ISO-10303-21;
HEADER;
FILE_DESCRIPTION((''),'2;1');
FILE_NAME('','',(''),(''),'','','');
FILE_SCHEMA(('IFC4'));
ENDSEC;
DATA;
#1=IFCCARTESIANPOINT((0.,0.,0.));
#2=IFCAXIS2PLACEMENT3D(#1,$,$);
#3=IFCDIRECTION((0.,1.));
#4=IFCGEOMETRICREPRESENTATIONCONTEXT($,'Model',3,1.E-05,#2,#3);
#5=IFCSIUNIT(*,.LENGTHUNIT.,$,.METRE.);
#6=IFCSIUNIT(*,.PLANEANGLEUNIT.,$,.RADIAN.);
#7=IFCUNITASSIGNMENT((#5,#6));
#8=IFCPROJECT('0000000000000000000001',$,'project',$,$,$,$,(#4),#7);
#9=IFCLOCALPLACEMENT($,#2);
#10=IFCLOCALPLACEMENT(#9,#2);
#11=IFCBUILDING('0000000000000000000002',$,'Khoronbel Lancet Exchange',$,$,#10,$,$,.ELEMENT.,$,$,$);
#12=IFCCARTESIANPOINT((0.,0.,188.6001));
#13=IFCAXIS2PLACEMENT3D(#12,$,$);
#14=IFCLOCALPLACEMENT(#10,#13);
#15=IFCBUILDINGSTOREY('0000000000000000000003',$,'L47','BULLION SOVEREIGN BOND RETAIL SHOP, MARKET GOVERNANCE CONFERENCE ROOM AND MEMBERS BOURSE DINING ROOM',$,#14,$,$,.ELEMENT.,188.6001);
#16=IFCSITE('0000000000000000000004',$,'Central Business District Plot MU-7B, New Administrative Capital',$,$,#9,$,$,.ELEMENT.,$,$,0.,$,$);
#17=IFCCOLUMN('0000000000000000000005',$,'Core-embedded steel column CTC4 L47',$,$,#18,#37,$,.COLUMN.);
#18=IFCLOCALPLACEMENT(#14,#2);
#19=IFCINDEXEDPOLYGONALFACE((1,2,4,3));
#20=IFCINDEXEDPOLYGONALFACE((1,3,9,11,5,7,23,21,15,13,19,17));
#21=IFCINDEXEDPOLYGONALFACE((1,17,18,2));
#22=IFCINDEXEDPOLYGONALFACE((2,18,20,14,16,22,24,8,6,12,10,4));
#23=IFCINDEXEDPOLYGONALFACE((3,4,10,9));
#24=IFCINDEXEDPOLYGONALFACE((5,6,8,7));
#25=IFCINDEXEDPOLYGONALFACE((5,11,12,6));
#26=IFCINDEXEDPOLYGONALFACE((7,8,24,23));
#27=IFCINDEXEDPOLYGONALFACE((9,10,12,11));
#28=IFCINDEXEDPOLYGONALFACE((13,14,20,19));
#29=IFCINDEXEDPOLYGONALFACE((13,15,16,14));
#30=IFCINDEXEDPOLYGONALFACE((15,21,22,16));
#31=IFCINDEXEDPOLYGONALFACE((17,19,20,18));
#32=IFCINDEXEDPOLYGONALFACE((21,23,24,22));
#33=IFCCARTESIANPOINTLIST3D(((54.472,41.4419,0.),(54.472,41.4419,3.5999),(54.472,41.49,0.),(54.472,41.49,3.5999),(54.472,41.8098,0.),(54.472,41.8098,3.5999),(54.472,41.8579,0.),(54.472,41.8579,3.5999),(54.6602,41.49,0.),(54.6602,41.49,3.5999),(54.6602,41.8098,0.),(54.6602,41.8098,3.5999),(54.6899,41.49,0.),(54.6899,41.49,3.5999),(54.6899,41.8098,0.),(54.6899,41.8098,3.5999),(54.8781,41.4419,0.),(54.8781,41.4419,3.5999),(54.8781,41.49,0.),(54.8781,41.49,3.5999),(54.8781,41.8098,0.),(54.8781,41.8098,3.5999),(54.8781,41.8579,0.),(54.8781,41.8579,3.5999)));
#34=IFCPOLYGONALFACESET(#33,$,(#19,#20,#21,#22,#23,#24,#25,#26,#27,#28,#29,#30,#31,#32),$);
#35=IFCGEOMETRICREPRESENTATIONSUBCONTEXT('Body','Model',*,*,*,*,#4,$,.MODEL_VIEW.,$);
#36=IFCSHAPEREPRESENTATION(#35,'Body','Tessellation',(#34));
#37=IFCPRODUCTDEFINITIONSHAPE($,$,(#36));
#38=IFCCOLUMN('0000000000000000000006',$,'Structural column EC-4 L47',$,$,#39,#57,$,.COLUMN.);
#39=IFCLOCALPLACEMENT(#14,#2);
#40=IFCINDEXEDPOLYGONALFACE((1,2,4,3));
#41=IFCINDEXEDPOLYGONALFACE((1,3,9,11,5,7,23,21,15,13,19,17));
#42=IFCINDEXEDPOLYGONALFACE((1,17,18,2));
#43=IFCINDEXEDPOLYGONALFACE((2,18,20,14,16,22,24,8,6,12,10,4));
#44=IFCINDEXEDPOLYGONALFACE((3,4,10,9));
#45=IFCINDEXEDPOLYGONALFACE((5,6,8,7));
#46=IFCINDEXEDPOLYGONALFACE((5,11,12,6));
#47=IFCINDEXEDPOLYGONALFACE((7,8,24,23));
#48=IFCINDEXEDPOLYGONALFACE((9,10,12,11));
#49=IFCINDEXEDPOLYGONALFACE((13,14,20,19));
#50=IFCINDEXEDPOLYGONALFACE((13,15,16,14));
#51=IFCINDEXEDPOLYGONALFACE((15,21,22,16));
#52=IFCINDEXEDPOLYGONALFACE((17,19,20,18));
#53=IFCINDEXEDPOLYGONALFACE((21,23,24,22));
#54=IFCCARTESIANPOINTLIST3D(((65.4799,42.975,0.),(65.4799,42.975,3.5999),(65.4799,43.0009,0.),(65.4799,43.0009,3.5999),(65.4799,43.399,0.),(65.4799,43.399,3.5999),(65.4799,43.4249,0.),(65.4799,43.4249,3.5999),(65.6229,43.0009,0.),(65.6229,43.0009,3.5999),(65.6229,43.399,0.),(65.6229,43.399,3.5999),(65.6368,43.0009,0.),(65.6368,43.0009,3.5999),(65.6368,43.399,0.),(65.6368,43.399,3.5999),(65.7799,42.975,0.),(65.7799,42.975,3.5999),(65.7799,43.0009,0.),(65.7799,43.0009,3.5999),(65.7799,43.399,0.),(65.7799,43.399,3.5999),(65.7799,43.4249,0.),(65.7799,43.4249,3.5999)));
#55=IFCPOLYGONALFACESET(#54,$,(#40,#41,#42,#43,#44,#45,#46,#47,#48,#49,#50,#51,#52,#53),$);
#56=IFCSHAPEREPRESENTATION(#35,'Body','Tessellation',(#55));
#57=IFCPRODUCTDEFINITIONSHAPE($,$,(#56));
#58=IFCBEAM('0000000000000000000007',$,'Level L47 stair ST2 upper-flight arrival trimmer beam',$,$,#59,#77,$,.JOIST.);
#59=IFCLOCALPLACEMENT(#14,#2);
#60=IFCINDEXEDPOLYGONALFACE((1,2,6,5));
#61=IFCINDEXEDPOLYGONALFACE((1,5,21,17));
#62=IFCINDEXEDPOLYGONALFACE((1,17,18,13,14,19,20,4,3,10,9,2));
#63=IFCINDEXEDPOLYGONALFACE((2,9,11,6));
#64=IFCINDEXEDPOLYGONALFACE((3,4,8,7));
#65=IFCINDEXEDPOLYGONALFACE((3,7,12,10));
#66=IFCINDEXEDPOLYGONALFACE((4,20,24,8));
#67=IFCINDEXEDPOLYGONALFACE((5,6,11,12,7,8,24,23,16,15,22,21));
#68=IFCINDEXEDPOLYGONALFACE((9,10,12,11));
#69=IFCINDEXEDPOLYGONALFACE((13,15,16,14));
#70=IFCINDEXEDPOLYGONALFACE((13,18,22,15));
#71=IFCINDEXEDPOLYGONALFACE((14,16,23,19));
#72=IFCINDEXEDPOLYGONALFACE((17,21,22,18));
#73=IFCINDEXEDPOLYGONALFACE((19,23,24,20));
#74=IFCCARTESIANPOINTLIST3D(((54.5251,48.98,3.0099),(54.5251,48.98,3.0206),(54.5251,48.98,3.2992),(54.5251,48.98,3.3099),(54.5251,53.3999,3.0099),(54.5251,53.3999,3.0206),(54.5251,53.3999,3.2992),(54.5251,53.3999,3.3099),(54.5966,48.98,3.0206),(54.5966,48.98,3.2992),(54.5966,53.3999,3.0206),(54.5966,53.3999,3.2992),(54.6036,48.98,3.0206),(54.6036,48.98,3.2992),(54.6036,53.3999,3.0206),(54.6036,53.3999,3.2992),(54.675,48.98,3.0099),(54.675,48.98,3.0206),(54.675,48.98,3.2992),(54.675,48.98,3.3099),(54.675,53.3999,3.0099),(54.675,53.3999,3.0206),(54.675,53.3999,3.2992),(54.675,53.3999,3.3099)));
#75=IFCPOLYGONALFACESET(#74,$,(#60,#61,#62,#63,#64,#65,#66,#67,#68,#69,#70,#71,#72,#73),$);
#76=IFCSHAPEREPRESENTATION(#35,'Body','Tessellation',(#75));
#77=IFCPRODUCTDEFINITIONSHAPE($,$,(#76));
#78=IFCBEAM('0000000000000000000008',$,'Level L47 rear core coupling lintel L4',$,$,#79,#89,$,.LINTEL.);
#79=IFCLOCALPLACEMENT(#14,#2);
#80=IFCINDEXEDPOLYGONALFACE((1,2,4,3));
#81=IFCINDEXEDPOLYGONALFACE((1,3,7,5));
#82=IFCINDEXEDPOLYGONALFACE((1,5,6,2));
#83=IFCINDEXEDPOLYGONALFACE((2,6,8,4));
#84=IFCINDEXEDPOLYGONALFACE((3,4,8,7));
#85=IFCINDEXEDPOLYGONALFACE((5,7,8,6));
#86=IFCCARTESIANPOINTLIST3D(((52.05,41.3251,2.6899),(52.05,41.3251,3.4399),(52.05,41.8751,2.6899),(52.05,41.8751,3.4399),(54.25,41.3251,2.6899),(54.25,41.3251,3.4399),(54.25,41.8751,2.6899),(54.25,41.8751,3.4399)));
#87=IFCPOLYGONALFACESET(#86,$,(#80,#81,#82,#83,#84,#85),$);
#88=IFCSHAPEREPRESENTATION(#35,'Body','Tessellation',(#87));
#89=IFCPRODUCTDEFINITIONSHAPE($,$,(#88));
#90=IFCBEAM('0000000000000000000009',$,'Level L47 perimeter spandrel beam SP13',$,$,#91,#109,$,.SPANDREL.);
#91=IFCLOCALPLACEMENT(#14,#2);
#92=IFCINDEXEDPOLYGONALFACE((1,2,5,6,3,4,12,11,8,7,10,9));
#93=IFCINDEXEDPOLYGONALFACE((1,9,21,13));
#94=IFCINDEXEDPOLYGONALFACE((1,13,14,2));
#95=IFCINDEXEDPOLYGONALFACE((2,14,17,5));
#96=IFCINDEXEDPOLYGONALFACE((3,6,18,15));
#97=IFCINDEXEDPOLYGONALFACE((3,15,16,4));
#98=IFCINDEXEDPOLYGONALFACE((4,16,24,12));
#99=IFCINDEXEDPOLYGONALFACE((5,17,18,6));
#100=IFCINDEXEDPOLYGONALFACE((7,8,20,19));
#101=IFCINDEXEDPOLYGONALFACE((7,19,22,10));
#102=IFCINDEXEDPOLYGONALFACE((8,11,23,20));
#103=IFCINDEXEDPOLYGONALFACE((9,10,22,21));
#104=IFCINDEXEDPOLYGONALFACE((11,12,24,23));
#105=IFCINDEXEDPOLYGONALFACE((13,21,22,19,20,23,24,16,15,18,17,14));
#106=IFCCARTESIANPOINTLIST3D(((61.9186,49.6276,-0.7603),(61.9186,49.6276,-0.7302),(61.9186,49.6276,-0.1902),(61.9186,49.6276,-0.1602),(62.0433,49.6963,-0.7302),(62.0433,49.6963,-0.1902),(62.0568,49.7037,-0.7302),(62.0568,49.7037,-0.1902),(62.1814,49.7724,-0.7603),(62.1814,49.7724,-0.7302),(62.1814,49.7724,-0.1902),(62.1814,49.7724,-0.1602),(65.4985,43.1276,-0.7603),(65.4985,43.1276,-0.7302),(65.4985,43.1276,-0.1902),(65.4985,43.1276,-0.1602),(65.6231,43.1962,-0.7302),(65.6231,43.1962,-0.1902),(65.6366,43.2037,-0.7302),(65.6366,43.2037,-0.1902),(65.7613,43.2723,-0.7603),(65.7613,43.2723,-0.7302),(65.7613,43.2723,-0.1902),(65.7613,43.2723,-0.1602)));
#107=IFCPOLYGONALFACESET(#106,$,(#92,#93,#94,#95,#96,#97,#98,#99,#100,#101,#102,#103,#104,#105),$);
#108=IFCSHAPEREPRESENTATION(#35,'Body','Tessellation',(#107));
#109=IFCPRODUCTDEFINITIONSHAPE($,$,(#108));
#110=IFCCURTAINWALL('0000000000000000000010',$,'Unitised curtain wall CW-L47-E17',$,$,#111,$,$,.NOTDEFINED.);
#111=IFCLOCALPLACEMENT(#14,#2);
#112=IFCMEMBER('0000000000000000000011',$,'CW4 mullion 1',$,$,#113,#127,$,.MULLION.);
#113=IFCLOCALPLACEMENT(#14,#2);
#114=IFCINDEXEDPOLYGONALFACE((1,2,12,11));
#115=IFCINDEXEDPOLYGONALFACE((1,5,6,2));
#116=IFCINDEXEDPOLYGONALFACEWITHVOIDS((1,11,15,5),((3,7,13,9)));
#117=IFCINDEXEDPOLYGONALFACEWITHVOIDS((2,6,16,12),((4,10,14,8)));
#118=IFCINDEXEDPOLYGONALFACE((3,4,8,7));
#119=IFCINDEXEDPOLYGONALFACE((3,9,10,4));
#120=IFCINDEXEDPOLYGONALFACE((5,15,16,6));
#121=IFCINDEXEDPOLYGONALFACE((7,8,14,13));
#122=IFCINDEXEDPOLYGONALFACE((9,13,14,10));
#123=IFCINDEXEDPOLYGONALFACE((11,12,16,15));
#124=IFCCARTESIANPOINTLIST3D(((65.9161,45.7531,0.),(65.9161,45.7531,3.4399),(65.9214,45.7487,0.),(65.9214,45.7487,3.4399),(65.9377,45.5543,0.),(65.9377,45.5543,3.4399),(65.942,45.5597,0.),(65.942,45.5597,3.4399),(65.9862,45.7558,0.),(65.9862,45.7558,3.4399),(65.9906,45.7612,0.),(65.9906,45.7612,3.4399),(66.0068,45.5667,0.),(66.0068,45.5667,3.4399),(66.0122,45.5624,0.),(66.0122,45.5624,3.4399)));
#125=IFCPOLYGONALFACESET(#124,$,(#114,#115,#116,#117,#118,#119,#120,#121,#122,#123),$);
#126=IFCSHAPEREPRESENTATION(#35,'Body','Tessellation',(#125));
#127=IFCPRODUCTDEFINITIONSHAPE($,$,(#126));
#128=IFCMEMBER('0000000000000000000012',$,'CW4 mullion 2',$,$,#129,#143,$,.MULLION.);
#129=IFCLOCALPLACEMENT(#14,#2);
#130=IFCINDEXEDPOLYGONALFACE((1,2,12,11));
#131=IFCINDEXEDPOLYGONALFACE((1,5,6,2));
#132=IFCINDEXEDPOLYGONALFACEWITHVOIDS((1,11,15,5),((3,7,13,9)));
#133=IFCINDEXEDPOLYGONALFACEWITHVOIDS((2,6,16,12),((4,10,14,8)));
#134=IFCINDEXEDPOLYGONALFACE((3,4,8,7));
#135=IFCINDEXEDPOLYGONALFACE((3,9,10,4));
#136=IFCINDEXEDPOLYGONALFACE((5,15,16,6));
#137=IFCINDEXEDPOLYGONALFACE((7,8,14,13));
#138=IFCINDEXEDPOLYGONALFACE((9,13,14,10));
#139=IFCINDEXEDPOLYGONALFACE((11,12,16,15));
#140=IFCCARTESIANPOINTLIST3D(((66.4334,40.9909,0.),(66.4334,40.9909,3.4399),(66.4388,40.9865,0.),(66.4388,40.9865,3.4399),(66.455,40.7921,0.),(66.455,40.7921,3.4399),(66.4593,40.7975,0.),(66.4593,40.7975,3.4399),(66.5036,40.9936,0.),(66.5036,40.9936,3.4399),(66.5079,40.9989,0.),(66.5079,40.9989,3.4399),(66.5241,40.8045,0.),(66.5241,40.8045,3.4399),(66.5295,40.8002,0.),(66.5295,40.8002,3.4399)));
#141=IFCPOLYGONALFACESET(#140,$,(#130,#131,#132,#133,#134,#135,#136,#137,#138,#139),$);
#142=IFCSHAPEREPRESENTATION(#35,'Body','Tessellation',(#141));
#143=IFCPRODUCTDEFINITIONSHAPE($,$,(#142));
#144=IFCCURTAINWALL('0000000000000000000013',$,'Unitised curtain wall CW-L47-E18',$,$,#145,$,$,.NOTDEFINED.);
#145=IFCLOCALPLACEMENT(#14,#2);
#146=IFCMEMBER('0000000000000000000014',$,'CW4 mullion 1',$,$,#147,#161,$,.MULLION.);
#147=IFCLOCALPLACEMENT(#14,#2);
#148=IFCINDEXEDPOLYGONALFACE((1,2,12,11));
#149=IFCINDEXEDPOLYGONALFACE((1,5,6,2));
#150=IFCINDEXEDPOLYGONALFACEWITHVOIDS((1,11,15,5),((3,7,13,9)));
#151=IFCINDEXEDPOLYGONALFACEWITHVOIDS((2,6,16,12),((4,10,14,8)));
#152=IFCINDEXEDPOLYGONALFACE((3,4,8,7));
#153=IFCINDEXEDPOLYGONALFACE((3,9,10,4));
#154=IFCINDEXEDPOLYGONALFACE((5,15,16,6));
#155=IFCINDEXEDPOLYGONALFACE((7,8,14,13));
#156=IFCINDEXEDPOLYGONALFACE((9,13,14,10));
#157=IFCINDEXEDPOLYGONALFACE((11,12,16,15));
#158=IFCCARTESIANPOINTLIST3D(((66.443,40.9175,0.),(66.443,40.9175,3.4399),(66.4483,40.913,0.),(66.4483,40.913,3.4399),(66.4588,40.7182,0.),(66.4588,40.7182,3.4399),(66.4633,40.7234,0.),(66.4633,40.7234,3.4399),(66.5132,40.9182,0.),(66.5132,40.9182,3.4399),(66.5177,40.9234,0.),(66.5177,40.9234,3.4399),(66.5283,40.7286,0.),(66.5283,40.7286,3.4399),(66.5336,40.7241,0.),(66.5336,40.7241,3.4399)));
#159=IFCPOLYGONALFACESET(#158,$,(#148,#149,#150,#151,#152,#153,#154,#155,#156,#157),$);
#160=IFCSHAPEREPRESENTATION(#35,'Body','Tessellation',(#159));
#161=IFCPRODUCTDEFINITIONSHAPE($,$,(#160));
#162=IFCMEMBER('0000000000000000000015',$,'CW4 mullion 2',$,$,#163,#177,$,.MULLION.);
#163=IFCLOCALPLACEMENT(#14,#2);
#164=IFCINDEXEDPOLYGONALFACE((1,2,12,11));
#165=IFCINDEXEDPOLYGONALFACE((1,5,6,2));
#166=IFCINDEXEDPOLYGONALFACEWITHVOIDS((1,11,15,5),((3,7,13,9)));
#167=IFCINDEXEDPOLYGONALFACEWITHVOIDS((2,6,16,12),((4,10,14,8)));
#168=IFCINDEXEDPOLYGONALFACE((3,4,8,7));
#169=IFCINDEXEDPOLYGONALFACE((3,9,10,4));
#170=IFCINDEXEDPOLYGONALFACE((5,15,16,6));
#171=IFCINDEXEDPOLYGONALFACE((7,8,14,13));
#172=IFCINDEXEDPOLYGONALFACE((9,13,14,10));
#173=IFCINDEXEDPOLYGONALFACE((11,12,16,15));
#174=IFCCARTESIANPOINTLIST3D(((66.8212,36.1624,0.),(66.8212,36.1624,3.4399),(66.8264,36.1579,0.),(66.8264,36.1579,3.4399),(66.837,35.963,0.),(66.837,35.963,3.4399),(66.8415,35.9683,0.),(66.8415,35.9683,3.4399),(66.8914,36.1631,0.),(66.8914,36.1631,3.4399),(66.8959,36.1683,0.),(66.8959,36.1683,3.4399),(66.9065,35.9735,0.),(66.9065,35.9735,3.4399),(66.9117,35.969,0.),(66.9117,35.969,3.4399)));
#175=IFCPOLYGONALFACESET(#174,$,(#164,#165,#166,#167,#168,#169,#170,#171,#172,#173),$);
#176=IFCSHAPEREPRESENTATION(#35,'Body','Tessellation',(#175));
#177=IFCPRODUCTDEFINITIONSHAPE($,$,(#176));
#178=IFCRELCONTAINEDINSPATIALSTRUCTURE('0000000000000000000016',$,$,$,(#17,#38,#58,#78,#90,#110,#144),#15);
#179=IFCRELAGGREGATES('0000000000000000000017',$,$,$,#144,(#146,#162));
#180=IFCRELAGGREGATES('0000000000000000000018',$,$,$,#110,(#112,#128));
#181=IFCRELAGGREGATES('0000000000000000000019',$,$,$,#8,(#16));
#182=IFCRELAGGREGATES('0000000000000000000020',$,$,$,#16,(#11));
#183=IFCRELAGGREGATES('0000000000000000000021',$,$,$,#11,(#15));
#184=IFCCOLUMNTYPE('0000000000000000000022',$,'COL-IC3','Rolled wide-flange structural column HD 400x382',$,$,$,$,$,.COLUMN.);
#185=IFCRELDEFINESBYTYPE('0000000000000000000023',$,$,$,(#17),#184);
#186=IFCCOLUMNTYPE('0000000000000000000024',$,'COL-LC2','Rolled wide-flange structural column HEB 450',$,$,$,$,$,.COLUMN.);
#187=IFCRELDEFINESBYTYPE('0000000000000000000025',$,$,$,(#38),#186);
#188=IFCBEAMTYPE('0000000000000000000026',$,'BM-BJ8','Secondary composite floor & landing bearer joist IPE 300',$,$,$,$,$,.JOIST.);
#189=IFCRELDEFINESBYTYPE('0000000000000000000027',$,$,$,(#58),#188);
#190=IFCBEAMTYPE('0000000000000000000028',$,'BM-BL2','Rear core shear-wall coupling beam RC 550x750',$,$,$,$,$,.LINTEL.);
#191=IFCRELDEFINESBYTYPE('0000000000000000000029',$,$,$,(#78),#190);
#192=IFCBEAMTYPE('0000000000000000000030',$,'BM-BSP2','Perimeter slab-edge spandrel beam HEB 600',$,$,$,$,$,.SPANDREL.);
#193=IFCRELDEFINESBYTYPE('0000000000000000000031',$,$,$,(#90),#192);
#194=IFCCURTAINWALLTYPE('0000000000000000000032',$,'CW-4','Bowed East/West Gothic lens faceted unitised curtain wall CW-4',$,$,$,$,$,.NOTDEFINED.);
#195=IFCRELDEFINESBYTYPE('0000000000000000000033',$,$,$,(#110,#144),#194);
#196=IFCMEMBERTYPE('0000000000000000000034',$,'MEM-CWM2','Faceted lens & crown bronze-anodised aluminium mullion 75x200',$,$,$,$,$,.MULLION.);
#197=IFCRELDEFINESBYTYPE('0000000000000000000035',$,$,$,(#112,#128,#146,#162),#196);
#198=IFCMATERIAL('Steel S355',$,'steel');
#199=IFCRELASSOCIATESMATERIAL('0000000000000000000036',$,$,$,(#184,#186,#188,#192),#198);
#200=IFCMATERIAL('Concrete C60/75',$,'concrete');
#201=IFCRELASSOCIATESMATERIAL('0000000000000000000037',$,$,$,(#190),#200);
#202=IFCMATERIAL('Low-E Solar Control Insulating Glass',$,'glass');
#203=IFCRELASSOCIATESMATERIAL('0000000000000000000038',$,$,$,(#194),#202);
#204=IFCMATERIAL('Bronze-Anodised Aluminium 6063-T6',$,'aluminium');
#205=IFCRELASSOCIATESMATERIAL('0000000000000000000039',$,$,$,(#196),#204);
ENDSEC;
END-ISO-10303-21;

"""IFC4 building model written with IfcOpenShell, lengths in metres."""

from ifc_helpers import new_model, si_unit, direction, frame, origin, origin_2d, place, context, subcontext, project, spatial, rectangle, hollow_rectangle, i_section, extrude, material, material_profile, profile_set, type_object, element, aggregate, save


model = new_model("IFC4")

# Units and contexts
model_context = context("Model", 3, precision=1e-05, world=origin(), true_north=direction((0.0, 1.0)))
body_context = subcontext(model_context, "Body", "Model", "MODEL_VIEW")
ifc_project = project(units=[si_unit("LENGTHUNIT", "METRE"), si_unit("PLANEANGLEUNIT", "RADIAN")], contexts=[model_context])

# Site, building, storey
site_placement = place(None, origin())
site = spatial("IfcSite", under=ifc_project, at=site_placement, Name="Central Business District Plot MU-7B, New Administrative Capital", CompositionType="ELEMENT", RefElevation=0.0)
building_placement = place(site_placement, origin())
building = spatial("IfcBuilding", under=site, at=building_placement, Name="Khoronbel Lancet Exchange", CompositionType="ELEMENT")
storey_placement = place(building_placement, frame((0.0, 0.0, 188.6001)))
storey = spatial("IfcBuildingStorey", under=building, at=storey_placement, Name="L47", Description="BULLION SOVEREIGN BOND RETAIL SHOP, MARKET GOVERNANCE CONFERENCE ROOM AND MEMBERS BOURSE DINING ROOM", CompositionType="ELEMENT", Elevation=188.6001)

# Columns
ifc_material_1 = material(Name="Steel S355", Category="steel")
ifc_material_profile_1 = material_profile(ifc_material_1, i_section(OverallWidth=0.406, OverallDepth=0.416, WebThickness=0.0298, FlangeThickness=0.0481, at=origin_2d()), Name="HD 400x382")
ifc_profile_set_1 = profile_set([ifc_material_profile_1], Name="Steel S355")
column_type_1 = type_object("IfcColumnType", Name="COL-IC3", Description="Rolled wide-flange structural column HD 400x382", PredefinedType="COLUMN", material=ifc_profile_set_1)
column_1_placement = place(storey_placement, frame((54.675, 41.6499, 0.0), z_axis=(0.0, 0.0, 1.0), x_axis=(1.0, 0.0, 0.0)))
element("IfcColumn", 1, at=column_1_placement, inside=storey, type_object=column_type_1, Name="Core-embedded steel column CTC4 L47", PredefinedType="COLUMN", context=body_context, shape_type="SweptSolid", body=[
    extrude(i_section(OverallWidth=0.406, OverallDepth=0.416, WebThickness=0.0298, FlangeThickness=0.0481, at=origin_2d()), origin(), (0.0, 0.0, 1.0), 3.5999),
])
ifc_material_profile_2 = material_profile(ifc_material_1, i_section(OverallWidth=0.3, OverallDepth=0.45, WebThickness=0.0139, FlangeThickness=0.0259, at=origin_2d()), Name="HEB 450")
ifc_profile_set_2 = profile_set([ifc_material_profile_2], Name="Steel S355")
column_type_2 = type_object("IfcColumnType", Name="COL-LC2", Description="Rolled wide-flange structural column HEB 450", PredefinedType="COLUMN", material=ifc_profile_set_2)
column_2_placement = place(storey_placement, frame((65.6299, 43.2, 0.0), z_axis=(0.0, 0.0, 1.0), x_axis=(1.0, 0.0, 0.0)))
element("IfcColumn", 2, at=column_2_placement, inside=storey, type_object=column_type_2, Name="Structural column EC-4 L47", PredefinedType="COLUMN", context=body_context, shape_type="SweptSolid", body=[
    extrude(i_section(OverallWidth=0.3, OverallDepth=0.45, WebThickness=0.0139, FlangeThickness=0.0259, at=origin_2d()), origin(), (0.0, 0.0, 1.0), 3.5999),
])

# Beams
ifc_material_profile_3 = material_profile(ifc_material_1, i_section(OverallWidth=0.1499, OverallDepth=0.3, WebThickness=0.0071, FlangeThickness=0.0107, at=origin_2d()), Name="IPE 300")
ifc_profile_set_3 = profile_set([ifc_material_profile_3], Name="Steel S355")
beam_type_1 = type_object("IfcBeamType", Name="BM-BJ8", Description="Secondary composite floor & landing bearer joist IPE 300", PredefinedType="JOIST", material=ifc_profile_set_3)
beam_1_placement = place(storey_placement, frame((54.6001, 48.98, 3.1599), z_axis=(0.0, 1.0, 0.0), x_axis=(-1.0, 0.0, 0.0)))
element("IfcBeam", 3, at=beam_1_placement, inside=storey, type_object=beam_type_1, Name="Level L47 stair ST2 upper-flight arrival trimmer beam", PredefinedType="JOIST", context=body_context, shape_type="SweptSolid", body=[
    extrude(i_section(OverallWidth=0.1499, OverallDepth=0.3, WebThickness=0.0071, FlangeThickness=0.0107, at=origin_2d()), origin(), (0.0, 0.0, 1.0), 4.4199),
])
ifc_material_2 = material(Name="Concrete C60/75", Category="concrete")
ifc_material_profile_4 = material_profile(ifc_material_2, rectangle(XDim=0.55, YDim=0.75, at=origin_2d()), Name="RC 550x750")
ifc_profile_set_4 = profile_set([ifc_material_profile_4], Name="Concrete C60/75")
beam_type_2 = type_object("IfcBeamType", Name="BM-BL2", Description="Rear core shear-wall coupling beam RC 550x750", PredefinedType="LINTEL", material=ifc_profile_set_4)
beam_2_placement = place(storey_placement, frame((52.05, 41.6001, 3.0649), z_axis=(1.0, 0.0, 0.0), x_axis=(0.0, 1.0, 0.0)))
element("IfcBeam", 4, at=beam_2_placement, inside=storey, type_object=beam_type_2, Name="Level L47 rear core coupling lintel L4", PredefinedType="LINTEL", context=body_context, shape_type="SweptSolid", body=[
    extrude(rectangle(XDim=0.55, YDim=0.75, at=origin_2d()), origin(), (0.0, 0.0, 1.0), 2.2),
])
ifc_material_profile_5 = material_profile(ifc_material_1, i_section(OverallWidth=0.3, OverallDepth=0.6001, WebThickness=0.0154, FlangeThickness=0.03, at=origin_2d()), Name="HEB 600")
ifc_profile_set_5 = profile_set([ifc_material_profile_5], Name="Steel S355")
beam_type_3 = type_object("IfcBeamType", Name="BM-BSP2", Description="Perimeter slab-edge spandrel beam HEB 600", PredefinedType="SPANDREL", material=ifc_profile_set_5)
beam_3_placement = place(storey_placement, frame((65.6299, 43.2, -0.4602), z_axis=(-0.482419, 0.875941, 0.0), x_axis=(-0.875941, -0.482419, 0.0)))
element("IfcBeam", 5, at=beam_3_placement, inside=storey, type_object=beam_type_3, Name="Level L47 perimeter spandrel beam SP13", PredefinedType="SPANDREL", context=body_context, shape_type="SweptSolid", body=[
    extrude(i_section(OverallWidth=0.3, OverallDepth=0.6001, WebThickness=0.0154, FlangeThickness=0.03, at=origin_2d()), origin(), (0.0, 0.0, 1.0), 7.4207),
])

# Curtain walls, members
ifc_material_3 = material(Name="Low-E Solar Control Insulating Glass", Category="glass")
curtain_wall_type = type_object("IfcCurtainWallType", Name="CW-4", Description="Bowed East/West Gothic lens faceted unitised curtain wall CW-4", PredefinedType="NOTDEFINED", material=ifc_material_3)
curtain_wall_1_placement = place(storey_placement, origin())
curtain_wall_1 = element("IfcCurtainWall", 6, at=curtain_wall_1_placement, inside=storey, type_object=curtain_wall_type, Name="Unitised curtain wall CW-L47-E17", PredefinedType="NOTDEFINED")
ifc_material_4 = material(Name="Bronze-Anodised Aluminium 6063-T6", Category="aluminium")
ifc_material_profile_6 = material_profile(ifc_material_4, hollow_rectangle(XDim=0.075, YDim=0.2, WallThickness=0.0049, at=origin_2d()), Name="ALU MULLION 75x200")
ifc_profile_set_6 = profile_set([ifc_material_profile_6], Name="Bronze-Anodised Aluminium 6063-T6")
member_type_1 = type_object("IfcMemberType", Name="MEM-CWM2", Description="Faceted lens & crown bronze-anodised aluminium mullion 75x200", PredefinedType="MULLION", material=ifc_profile_set_6)
member_1_placement = place(storey_placement, frame((65.9641, 45.6577, 0.0), z_axis=(0.0, 0.0, 1.0), x_axis=(0.994152, 0.10799, 0.0)))
member_1 = element("IfcMember", 7, at=member_1_placement, type_object=member_type_1, Name="CW4 mullion 1", PredefinedType="MULLION", context=body_context, shape_type="SweptSolid", body=[
    extrude(hollow_rectangle(XDim=0.075, YDim=0.2, WallThickness=0.0049, at=origin_2d()), origin(), (0.0, 0.0, 1.0), 3.4399),
])
member_2_placement = place(storey_placement, frame((66.4814, 40.8955, 0.0), z_axis=(0.0, 0.0, 1.0), x_axis=(0.994152, 0.10799, 0.0)))
member_2 = element("IfcMember", 8, at=member_2_placement, type_object=member_type_1, Name="CW4 mullion 2", PredefinedType="MULLION", context=body_context, shape_type="SweptSolid", body=[
    extrude(hollow_rectangle(XDim=0.075, YDim=0.2, WallThickness=0.0049, at=origin_2d()), origin(), (0.0, 0.0, 1.0), 3.4399),
])
curtain_wall_2_placement = place(storey_placement, origin())
curtain_wall_2 = element("IfcCurtainWall", 9, at=curtain_wall_2_placement, inside=storey, type_object=curtain_wall_type, Name="Unitised curtain wall CW-L47-E18", PredefinedType="NOTDEFINED")
member_3_placement = place(storey_placement, frame((66.4883, 40.8208, 0.0), z_axis=(0.0, 0.0, 1.0), x_axis=(0.996854, 0.079255, 0.0)))
member_3 = element("IfcMember", 10, at=member_3_placement, type_object=member_type_1, Name="CW4 mullion 1", PredefinedType="MULLION", context=body_context, shape_type="SweptSolid", body=[
    extrude(hollow_rectangle(XDim=0.075, YDim=0.2, WallThickness=0.0049, at=origin_2d()), origin(), (0.0, 0.0, 1.0), 3.4399),
])
member_4_placement = place(storey_placement, frame((66.8665, 36.0657, 0.0), z_axis=(0.0, 0.0, 1.0), x_axis=(0.996854, 0.079255, 0.0)))
member_4 = element("IfcMember", 11, at=member_4_placement, type_object=member_type_1, Name="CW4 mullion 2", PredefinedType="MULLION", context=body_context, shape_type="SweptSolid", body=[
    extrude(hollow_rectangle(XDim=0.075, YDim=0.2, WallThickness=0.0049, at=origin_2d()), origin(), (0.0, 0.0, 1.0), 3.4399),
])

aggregate(curtain_wall_2, [member_3, member_4])
aggregate(curtain_wall_1, [member_1, member_2])

save(model, "model.ifc")
